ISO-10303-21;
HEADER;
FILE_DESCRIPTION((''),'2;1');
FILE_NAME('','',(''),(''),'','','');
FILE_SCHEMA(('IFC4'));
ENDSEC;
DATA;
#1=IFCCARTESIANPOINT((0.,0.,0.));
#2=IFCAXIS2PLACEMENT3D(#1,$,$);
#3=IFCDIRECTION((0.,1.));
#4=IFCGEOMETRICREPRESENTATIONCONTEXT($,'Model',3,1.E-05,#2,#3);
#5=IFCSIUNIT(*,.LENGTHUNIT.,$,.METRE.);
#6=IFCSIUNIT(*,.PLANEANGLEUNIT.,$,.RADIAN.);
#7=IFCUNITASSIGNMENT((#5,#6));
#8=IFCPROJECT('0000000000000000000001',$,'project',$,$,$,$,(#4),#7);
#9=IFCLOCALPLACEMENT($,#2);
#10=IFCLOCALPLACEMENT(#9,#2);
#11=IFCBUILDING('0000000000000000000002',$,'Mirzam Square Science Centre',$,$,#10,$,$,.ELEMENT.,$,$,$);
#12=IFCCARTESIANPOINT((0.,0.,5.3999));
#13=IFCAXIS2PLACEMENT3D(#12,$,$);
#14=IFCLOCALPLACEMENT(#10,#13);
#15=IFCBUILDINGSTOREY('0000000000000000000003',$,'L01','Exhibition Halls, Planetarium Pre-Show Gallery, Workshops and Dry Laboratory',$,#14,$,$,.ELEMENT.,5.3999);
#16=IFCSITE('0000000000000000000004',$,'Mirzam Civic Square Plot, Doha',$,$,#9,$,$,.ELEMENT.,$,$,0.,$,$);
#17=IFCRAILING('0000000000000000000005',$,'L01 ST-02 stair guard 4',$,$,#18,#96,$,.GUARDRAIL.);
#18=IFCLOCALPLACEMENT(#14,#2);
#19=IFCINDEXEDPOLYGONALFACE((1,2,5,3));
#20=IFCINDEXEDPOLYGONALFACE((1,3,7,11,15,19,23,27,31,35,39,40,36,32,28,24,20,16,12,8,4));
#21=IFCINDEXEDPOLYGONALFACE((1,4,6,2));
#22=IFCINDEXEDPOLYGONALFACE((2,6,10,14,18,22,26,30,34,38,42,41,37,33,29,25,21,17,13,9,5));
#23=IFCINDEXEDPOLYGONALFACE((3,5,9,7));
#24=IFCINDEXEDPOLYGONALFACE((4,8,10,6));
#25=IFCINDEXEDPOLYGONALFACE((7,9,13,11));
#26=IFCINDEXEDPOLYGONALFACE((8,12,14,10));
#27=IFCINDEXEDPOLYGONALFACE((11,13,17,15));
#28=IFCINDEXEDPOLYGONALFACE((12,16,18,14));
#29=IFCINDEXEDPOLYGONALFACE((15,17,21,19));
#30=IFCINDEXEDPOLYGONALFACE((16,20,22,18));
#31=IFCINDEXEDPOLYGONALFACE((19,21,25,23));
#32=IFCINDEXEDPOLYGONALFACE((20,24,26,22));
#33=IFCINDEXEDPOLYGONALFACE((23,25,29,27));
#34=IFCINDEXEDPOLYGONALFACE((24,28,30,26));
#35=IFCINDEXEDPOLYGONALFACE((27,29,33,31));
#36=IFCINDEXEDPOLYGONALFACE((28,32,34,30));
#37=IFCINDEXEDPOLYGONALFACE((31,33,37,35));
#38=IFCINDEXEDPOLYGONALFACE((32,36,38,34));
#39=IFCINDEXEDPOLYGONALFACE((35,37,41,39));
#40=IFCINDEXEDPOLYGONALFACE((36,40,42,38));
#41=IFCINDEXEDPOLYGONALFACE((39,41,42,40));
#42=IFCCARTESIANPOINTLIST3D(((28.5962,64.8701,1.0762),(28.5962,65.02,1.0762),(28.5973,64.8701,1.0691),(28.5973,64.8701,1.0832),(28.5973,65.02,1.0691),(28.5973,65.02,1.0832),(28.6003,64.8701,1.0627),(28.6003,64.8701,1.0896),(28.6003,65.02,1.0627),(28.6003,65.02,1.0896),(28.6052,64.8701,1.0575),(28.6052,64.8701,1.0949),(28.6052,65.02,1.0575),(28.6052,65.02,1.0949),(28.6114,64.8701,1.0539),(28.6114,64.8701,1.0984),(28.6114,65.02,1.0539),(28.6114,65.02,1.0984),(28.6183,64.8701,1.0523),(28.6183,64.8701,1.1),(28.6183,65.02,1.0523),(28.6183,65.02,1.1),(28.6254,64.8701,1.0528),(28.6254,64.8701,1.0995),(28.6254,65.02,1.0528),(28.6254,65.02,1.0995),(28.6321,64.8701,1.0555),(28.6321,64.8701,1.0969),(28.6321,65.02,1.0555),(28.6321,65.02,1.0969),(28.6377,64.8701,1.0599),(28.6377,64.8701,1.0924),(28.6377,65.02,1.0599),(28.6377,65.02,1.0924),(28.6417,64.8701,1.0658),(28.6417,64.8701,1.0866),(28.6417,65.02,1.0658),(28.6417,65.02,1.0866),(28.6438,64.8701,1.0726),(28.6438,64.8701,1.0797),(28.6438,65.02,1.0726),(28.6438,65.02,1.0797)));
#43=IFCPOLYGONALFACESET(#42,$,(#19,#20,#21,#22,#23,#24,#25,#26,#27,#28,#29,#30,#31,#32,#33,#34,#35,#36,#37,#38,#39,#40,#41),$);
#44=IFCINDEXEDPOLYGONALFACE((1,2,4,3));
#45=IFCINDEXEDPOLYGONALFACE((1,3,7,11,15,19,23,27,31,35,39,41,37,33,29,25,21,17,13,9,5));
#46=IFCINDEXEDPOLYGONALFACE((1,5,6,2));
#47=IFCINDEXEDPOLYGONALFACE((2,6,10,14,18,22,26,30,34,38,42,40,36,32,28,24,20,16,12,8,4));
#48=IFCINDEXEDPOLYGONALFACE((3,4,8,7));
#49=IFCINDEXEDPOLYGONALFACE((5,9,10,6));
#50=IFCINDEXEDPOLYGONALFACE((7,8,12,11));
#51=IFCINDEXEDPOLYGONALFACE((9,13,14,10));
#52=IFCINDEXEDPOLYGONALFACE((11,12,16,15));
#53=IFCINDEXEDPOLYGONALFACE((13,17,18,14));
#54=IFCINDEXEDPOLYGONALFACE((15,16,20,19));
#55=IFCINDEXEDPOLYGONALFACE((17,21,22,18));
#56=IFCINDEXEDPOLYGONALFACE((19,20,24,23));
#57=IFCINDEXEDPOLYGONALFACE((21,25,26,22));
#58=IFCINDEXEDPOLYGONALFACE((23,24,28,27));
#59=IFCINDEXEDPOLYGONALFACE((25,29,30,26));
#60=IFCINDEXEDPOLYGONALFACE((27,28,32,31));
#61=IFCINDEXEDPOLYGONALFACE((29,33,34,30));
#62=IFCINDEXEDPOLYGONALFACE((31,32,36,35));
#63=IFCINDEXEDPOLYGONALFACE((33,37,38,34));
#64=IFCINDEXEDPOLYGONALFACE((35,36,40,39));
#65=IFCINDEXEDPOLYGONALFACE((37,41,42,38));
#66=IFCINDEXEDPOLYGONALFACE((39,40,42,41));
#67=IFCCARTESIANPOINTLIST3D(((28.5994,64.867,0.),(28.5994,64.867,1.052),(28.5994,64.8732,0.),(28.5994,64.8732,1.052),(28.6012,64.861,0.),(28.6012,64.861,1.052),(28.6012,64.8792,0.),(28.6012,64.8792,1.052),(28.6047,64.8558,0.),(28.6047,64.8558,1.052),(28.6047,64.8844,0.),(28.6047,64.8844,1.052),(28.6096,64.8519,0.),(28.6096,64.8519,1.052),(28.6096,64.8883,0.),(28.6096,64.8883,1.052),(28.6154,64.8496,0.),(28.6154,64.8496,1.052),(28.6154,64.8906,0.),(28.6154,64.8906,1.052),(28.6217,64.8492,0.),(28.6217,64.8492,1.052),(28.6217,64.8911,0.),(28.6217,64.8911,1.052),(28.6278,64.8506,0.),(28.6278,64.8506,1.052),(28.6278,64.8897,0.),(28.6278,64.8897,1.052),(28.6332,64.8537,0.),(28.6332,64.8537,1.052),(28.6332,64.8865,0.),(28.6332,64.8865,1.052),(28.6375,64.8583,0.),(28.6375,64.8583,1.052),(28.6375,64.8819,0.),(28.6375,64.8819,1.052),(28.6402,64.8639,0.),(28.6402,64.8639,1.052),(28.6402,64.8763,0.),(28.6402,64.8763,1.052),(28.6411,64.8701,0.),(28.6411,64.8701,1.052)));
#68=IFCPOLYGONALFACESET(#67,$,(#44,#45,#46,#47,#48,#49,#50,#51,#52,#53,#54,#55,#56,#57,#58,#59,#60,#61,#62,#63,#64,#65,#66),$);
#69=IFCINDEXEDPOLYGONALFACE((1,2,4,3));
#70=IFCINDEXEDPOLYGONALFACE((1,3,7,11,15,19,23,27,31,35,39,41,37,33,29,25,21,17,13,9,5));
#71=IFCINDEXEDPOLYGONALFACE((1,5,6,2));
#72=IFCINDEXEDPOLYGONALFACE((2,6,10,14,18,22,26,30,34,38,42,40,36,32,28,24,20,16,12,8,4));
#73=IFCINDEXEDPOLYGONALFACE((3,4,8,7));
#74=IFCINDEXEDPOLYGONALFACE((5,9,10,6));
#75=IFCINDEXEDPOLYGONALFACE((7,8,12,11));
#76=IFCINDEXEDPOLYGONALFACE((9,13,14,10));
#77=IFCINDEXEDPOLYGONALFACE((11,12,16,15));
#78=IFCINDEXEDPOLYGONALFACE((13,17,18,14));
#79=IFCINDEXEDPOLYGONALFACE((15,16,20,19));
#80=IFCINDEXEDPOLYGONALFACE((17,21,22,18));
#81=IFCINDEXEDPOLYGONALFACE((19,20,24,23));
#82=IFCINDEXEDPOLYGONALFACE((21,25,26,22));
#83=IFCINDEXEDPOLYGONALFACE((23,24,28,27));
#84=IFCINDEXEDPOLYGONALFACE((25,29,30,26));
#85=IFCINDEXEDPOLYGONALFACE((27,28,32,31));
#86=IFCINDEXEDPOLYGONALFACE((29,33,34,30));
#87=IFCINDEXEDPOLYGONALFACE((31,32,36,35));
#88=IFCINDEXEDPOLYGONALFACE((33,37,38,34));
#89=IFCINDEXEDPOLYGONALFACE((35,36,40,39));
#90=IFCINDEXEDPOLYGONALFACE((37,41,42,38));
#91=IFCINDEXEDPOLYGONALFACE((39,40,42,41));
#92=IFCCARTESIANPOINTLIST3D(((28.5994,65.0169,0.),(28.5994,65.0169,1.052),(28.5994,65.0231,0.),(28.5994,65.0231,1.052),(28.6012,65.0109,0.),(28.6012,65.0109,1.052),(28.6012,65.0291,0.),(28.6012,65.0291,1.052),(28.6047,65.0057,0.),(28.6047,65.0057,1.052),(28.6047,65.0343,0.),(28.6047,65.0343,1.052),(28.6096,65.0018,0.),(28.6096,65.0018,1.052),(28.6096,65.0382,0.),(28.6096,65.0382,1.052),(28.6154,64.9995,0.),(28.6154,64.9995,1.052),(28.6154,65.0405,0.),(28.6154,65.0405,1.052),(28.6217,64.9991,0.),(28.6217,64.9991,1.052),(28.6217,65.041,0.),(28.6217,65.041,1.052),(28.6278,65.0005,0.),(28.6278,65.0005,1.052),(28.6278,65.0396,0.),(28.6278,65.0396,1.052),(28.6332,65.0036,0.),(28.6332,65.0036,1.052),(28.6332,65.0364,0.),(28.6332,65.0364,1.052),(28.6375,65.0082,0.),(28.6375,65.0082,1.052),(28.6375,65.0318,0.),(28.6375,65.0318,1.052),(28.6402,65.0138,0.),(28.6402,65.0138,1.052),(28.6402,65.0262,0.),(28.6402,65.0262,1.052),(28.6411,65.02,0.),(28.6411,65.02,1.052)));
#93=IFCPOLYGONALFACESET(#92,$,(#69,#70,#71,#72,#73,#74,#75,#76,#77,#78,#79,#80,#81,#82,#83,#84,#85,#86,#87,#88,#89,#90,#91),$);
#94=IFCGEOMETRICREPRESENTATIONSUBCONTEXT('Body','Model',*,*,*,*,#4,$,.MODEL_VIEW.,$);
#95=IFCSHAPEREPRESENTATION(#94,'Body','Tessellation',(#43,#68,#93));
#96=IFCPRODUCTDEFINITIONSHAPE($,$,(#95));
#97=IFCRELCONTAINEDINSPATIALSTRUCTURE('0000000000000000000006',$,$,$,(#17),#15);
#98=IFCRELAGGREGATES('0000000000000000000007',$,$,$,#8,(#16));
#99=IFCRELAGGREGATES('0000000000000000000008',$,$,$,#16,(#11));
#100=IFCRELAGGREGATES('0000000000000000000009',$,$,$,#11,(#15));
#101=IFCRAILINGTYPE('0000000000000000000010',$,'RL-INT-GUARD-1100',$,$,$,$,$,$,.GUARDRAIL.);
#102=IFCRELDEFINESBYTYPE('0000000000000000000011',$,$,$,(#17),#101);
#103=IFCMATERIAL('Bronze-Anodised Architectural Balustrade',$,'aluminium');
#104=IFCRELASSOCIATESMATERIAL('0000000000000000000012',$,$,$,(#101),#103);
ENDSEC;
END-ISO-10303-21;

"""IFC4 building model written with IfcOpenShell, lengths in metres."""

from ifc_helpers import new_model, si_unit, direction, frame, origin, origin_2d, place, context, subcontext, project, spatial, circle, extrude, material, type_object, element, save


model = new_model("IFC4")

# Units and contexts
model_context = context("Model", 3, precision=1e-05, world=origin(), true_north=direction((0.0, 1.0)))
body_context = subcontext(model_context, "Body", "Model", "MODEL_VIEW")
ifc_project = project(units=[si_unit("LENGTHUNIT", "METRE"), si_unit("PLANEANGLEUNIT", "RADIAN")], contexts=[model_context])

# Site, building, storey
site_placement = place(None, origin())
site = spatial("IfcSite", under=ifc_project, at=site_placement, Name="Mirzam Civic Square Plot, Doha", CompositionType="ELEMENT", RefElevation=0.0)
building_placement = place(site_placement, origin())
building = spatial("IfcBuilding", under=site, at=building_placement, Name="Mirzam Square Science Centre", CompositionType="ELEMENT")
storey_placement = place(building_placement, frame((0.0, 0.0, 5.3999)))
storey = spatial("IfcBuildingStorey", under=building, at=storey_placement, Name="L01", Description="Exhibition Halls, Planetarium Pre-Show Gallery, Workshops and Dry Laboratory", CompositionType="ELEMENT", Elevation=5.3999)

# Railing
ifc_material_1 = material(Name="Bronze-Anodised Architectural Balustrade", Category="aluminium")
railing_type_1 = type_object("IfcRailingType", Name="RL-INT-GUARD-1100", PredefinedType="GUARDRAIL", material=ifc_material_1)
railing_1_placement = place(storey_placement, frame((28.6201, 64.8701, 0.0)))
element("IfcRailing", 1, at=railing_1_placement, inside=storey, type_object=railing_type_1, Name="L01 ST-02 stair guard 4", PredefinedType="GUARDRAIL", context=body_context, shape_type="SweptSolid", body=[
    extrude(circle(Radius=0.0239, at=origin_2d()), frame((0.0, 0.0, 1.0762), z_axis=(0.0, 1.0, 0.0), x_axis=(-1.0, 0.0, 0.0)), (0.0, 0.0, 1.0), 0.1499),
    extrude(circle(Radius=0.021, at=origin_2d()), origin(), (0.0, 0.0, 1.0), 1.052),
    extrude(circle(Radius=0.021, at=origin_2d()), frame((0.0, 0.1499, 0.0)), (0.0, 0.0, 1.0), 1.052),
])

save(model, "model.ifc")
